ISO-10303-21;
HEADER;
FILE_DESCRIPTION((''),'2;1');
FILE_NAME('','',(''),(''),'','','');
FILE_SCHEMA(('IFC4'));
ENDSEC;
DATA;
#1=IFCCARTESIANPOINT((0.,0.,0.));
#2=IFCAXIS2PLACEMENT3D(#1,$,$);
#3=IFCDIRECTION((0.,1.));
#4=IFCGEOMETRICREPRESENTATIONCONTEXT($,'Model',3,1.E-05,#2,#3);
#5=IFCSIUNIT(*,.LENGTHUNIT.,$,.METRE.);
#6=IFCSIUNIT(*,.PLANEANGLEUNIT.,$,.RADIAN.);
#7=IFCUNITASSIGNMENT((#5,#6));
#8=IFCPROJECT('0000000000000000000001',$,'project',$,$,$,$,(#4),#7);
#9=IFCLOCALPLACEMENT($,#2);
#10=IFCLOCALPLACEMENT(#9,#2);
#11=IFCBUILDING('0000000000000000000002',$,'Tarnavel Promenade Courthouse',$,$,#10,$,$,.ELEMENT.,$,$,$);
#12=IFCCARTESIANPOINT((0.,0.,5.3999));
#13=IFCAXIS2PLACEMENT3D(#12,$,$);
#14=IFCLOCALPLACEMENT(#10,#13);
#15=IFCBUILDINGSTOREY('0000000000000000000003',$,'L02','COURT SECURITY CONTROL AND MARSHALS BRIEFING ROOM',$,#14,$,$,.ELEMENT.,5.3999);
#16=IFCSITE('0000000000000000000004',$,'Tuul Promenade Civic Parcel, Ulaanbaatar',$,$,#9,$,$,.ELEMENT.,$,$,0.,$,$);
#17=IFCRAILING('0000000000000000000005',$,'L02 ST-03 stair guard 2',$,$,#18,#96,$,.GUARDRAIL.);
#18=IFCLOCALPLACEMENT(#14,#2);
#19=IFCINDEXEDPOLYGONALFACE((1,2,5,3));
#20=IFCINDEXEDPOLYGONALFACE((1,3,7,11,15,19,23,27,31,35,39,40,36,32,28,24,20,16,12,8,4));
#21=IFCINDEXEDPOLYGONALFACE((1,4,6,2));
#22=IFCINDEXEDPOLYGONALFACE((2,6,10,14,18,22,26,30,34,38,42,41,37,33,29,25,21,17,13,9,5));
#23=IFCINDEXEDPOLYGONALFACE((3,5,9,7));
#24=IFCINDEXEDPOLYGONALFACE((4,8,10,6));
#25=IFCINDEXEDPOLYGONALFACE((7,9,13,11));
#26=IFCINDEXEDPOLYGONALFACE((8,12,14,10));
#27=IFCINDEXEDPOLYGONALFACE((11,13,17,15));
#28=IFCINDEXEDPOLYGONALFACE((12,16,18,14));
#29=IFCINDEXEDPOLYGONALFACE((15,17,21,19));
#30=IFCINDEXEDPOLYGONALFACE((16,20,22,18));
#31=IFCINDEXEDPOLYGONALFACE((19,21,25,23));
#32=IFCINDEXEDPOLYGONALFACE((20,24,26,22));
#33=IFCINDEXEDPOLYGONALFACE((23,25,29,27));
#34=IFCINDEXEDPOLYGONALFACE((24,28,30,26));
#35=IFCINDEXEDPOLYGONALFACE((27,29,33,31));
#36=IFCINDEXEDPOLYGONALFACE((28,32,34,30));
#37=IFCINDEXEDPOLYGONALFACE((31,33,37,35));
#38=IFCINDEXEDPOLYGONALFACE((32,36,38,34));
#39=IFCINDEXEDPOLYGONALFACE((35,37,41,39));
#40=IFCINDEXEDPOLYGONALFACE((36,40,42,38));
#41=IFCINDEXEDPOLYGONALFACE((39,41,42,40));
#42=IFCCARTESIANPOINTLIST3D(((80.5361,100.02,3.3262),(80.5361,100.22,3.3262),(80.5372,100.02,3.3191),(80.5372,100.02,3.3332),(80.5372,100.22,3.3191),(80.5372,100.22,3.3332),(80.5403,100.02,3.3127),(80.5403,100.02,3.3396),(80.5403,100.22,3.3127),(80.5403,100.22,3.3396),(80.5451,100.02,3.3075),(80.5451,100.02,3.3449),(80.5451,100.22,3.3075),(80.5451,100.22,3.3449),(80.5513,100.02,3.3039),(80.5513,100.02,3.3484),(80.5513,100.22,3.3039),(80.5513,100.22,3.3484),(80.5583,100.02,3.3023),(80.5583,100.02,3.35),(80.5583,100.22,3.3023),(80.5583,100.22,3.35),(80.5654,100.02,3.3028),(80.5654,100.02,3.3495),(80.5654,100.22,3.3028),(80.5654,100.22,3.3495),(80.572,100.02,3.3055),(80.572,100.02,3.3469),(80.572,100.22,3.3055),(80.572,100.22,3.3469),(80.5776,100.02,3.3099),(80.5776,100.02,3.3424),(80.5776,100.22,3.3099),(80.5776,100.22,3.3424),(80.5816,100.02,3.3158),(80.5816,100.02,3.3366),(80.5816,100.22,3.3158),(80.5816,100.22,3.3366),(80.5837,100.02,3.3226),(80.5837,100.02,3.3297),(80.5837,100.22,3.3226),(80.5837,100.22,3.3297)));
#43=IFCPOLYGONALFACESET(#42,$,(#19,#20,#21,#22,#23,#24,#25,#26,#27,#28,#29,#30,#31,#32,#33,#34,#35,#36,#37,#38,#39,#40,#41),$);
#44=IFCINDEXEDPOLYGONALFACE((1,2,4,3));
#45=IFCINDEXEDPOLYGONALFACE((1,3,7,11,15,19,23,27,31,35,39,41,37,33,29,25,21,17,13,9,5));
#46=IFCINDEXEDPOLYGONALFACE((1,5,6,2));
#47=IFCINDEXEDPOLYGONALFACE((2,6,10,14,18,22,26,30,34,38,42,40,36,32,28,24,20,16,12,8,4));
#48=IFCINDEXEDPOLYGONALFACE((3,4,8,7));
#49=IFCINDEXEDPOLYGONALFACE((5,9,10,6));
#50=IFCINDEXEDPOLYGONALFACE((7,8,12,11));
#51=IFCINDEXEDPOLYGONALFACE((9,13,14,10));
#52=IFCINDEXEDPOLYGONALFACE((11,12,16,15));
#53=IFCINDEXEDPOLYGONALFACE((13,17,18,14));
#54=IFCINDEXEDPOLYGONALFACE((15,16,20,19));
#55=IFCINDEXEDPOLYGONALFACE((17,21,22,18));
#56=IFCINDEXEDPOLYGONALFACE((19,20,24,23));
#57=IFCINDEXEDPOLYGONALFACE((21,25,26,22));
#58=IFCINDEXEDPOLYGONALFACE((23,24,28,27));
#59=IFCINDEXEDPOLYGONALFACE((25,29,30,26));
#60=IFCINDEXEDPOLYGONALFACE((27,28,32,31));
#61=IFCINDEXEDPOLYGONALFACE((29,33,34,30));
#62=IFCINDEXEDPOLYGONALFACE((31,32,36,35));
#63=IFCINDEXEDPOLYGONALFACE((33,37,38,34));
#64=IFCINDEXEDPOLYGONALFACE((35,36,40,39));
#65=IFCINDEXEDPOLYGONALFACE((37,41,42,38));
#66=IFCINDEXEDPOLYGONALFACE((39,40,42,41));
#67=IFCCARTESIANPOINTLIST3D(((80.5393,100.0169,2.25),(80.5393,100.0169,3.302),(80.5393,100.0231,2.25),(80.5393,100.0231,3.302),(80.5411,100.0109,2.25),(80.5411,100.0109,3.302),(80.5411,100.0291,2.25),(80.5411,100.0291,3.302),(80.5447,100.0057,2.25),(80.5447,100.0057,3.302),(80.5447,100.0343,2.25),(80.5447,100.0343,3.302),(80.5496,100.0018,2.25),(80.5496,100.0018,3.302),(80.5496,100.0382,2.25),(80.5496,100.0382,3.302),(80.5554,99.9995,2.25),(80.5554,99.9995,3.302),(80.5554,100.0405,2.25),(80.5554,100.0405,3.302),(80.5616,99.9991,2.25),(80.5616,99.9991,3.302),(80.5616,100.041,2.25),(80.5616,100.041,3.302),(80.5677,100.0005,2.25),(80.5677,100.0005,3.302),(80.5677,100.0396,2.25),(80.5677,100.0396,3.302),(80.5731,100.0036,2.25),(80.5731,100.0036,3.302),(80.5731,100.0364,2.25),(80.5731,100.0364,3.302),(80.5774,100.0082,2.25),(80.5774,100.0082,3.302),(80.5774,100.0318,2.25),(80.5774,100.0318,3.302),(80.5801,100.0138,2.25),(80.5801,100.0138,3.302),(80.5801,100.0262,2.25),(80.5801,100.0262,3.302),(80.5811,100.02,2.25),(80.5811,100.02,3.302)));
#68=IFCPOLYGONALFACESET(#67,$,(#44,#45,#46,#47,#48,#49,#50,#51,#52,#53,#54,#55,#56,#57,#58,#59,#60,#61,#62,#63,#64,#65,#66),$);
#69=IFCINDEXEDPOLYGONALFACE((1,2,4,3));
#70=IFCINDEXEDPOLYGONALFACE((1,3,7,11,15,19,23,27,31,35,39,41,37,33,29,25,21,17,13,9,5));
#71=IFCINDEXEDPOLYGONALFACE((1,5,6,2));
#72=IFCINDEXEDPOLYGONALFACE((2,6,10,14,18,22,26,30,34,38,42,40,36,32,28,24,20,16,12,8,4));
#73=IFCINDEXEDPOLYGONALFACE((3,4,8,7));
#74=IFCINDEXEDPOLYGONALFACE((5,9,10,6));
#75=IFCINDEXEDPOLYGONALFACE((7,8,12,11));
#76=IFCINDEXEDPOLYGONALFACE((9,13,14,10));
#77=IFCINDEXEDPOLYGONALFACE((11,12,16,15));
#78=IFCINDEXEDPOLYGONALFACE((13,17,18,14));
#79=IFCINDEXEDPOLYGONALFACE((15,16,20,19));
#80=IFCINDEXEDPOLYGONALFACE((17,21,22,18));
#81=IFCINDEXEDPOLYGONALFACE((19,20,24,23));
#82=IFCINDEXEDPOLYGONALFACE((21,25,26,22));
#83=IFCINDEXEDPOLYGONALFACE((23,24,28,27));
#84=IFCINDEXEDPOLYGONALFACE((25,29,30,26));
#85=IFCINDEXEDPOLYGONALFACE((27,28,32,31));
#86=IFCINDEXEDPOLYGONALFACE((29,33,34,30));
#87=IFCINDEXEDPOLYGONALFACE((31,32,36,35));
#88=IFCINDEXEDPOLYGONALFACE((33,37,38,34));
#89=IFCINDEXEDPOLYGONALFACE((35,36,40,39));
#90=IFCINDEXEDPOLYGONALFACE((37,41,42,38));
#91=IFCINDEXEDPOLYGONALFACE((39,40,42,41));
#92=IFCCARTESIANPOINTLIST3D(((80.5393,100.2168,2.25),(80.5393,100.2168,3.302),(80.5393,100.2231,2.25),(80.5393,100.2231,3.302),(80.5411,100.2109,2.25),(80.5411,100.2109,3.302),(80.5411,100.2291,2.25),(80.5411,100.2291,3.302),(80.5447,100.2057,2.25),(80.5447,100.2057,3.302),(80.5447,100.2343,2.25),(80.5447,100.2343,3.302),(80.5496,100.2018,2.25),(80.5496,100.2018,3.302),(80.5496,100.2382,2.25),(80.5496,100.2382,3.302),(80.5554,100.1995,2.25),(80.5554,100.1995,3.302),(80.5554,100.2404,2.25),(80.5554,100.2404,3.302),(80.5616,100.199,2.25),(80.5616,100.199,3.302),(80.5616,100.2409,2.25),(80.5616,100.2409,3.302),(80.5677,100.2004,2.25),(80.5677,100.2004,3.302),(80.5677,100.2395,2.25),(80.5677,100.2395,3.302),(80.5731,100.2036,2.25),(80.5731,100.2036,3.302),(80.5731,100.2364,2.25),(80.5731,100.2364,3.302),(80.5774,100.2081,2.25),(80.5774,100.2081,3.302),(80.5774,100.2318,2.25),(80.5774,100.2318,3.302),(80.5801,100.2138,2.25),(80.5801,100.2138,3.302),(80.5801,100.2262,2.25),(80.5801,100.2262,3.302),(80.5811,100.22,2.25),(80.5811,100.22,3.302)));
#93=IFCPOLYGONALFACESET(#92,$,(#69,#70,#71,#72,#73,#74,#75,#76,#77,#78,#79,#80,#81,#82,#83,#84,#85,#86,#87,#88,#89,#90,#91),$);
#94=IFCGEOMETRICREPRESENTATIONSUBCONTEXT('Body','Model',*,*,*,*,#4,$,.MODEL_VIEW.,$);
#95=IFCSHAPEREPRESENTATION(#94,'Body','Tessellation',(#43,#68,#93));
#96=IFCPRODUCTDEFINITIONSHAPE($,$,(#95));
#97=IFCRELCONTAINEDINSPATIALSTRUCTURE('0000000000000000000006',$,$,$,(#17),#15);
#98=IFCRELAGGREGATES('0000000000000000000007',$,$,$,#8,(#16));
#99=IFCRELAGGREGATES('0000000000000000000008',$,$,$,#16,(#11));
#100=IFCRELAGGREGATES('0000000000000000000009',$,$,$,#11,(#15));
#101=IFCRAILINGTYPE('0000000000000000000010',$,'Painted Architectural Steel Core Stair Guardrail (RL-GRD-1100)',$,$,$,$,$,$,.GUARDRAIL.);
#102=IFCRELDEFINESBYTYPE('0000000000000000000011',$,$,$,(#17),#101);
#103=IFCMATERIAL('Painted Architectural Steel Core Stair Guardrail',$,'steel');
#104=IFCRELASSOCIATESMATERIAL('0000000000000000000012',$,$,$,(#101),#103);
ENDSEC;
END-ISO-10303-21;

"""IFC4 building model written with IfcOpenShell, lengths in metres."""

from ifc_helpers import new_model, si_unit, direction, frame, origin, origin_2d, place, context, subcontext, project, spatial, circle, extrude, material, type_object, element, save


model = new_model("IFC4")

# Units and contexts
model_context = context("Model", 3, precision=1e-05, world=origin(), true_north=direction((0.0, 1.0)))
body_context = subcontext(model_context, "Body", "Model", "MODEL_VIEW")
ifc_project = project(units=[si_unit("LENGTHUNIT", "METRE"), si_unit("PLANEANGLEUNIT", "RADIAN")], contexts=[model_context])

# Site, building, storey
site_placement = place(None, origin())
site = spatial("IfcSite", under=ifc_project, at=site_placement, Name="Tuul Promenade Civic Parcel, Ulaanbaatar", CompositionType="ELEMENT", RefElevation=0.0)
building_placement = place(site_placement, origin())
building = spatial("IfcBuilding", under=site, at=building_placement, Name="Tarnavel Promenade Courthouse", CompositionType="ELEMENT")
storey_placement = place(building_placement, frame((0.0, 0.0, 5.3999)))
storey = spatial("IfcBuildingStorey", under=building, at=storey_placement, Name="L02", Description="COURT SECURITY CONTROL AND MARSHALS BRIEFING ROOM", CompositionType="ELEMENT", Elevation=5.3999)

# Railing
ifc_material_1 = material(Name="Painted Architectural Steel Core Stair Guardrail", Category="steel")
railing_type_1 = type_object("IfcRailingType", Name="Painted Architectural Steel Core Stair Guardrail (RL-GRD-1100)", PredefinedType="GUARDRAIL", material=ifc_material_1)
railing_1_placement = place(storey_placement, frame((80.5601, 100.02, 2.25)))
element("IfcRailing", 1, at=railing_1_placement, inside=storey, type_object=railing_type_1, Name="L02 ST-03 stair guard 2", PredefinedType="GUARDRAIL", context=body_context, shape_type="SweptSolid", body=[
    extrude(circle(Radius=0.0239, at=origin_2d()), frame((0.0, 0.0, 1.0762), z_axis=(0.0, 1.0, 0.0), x_axis=(-1.0, 0.0, 0.0)), (0.0, 0.0, 1.0), 0.2),
    extrude(circle(Radius=0.021, at=origin_2d()), origin(), (0.0, 0.0, 1.0), 1.052),
    extrude(circle(Radius=0.021, at=origin_2d()), frame((0.0, 0.2, 0.0)), (0.0, 0.0, 1.0), 1.052),
])

save(model, "model.ifc")
